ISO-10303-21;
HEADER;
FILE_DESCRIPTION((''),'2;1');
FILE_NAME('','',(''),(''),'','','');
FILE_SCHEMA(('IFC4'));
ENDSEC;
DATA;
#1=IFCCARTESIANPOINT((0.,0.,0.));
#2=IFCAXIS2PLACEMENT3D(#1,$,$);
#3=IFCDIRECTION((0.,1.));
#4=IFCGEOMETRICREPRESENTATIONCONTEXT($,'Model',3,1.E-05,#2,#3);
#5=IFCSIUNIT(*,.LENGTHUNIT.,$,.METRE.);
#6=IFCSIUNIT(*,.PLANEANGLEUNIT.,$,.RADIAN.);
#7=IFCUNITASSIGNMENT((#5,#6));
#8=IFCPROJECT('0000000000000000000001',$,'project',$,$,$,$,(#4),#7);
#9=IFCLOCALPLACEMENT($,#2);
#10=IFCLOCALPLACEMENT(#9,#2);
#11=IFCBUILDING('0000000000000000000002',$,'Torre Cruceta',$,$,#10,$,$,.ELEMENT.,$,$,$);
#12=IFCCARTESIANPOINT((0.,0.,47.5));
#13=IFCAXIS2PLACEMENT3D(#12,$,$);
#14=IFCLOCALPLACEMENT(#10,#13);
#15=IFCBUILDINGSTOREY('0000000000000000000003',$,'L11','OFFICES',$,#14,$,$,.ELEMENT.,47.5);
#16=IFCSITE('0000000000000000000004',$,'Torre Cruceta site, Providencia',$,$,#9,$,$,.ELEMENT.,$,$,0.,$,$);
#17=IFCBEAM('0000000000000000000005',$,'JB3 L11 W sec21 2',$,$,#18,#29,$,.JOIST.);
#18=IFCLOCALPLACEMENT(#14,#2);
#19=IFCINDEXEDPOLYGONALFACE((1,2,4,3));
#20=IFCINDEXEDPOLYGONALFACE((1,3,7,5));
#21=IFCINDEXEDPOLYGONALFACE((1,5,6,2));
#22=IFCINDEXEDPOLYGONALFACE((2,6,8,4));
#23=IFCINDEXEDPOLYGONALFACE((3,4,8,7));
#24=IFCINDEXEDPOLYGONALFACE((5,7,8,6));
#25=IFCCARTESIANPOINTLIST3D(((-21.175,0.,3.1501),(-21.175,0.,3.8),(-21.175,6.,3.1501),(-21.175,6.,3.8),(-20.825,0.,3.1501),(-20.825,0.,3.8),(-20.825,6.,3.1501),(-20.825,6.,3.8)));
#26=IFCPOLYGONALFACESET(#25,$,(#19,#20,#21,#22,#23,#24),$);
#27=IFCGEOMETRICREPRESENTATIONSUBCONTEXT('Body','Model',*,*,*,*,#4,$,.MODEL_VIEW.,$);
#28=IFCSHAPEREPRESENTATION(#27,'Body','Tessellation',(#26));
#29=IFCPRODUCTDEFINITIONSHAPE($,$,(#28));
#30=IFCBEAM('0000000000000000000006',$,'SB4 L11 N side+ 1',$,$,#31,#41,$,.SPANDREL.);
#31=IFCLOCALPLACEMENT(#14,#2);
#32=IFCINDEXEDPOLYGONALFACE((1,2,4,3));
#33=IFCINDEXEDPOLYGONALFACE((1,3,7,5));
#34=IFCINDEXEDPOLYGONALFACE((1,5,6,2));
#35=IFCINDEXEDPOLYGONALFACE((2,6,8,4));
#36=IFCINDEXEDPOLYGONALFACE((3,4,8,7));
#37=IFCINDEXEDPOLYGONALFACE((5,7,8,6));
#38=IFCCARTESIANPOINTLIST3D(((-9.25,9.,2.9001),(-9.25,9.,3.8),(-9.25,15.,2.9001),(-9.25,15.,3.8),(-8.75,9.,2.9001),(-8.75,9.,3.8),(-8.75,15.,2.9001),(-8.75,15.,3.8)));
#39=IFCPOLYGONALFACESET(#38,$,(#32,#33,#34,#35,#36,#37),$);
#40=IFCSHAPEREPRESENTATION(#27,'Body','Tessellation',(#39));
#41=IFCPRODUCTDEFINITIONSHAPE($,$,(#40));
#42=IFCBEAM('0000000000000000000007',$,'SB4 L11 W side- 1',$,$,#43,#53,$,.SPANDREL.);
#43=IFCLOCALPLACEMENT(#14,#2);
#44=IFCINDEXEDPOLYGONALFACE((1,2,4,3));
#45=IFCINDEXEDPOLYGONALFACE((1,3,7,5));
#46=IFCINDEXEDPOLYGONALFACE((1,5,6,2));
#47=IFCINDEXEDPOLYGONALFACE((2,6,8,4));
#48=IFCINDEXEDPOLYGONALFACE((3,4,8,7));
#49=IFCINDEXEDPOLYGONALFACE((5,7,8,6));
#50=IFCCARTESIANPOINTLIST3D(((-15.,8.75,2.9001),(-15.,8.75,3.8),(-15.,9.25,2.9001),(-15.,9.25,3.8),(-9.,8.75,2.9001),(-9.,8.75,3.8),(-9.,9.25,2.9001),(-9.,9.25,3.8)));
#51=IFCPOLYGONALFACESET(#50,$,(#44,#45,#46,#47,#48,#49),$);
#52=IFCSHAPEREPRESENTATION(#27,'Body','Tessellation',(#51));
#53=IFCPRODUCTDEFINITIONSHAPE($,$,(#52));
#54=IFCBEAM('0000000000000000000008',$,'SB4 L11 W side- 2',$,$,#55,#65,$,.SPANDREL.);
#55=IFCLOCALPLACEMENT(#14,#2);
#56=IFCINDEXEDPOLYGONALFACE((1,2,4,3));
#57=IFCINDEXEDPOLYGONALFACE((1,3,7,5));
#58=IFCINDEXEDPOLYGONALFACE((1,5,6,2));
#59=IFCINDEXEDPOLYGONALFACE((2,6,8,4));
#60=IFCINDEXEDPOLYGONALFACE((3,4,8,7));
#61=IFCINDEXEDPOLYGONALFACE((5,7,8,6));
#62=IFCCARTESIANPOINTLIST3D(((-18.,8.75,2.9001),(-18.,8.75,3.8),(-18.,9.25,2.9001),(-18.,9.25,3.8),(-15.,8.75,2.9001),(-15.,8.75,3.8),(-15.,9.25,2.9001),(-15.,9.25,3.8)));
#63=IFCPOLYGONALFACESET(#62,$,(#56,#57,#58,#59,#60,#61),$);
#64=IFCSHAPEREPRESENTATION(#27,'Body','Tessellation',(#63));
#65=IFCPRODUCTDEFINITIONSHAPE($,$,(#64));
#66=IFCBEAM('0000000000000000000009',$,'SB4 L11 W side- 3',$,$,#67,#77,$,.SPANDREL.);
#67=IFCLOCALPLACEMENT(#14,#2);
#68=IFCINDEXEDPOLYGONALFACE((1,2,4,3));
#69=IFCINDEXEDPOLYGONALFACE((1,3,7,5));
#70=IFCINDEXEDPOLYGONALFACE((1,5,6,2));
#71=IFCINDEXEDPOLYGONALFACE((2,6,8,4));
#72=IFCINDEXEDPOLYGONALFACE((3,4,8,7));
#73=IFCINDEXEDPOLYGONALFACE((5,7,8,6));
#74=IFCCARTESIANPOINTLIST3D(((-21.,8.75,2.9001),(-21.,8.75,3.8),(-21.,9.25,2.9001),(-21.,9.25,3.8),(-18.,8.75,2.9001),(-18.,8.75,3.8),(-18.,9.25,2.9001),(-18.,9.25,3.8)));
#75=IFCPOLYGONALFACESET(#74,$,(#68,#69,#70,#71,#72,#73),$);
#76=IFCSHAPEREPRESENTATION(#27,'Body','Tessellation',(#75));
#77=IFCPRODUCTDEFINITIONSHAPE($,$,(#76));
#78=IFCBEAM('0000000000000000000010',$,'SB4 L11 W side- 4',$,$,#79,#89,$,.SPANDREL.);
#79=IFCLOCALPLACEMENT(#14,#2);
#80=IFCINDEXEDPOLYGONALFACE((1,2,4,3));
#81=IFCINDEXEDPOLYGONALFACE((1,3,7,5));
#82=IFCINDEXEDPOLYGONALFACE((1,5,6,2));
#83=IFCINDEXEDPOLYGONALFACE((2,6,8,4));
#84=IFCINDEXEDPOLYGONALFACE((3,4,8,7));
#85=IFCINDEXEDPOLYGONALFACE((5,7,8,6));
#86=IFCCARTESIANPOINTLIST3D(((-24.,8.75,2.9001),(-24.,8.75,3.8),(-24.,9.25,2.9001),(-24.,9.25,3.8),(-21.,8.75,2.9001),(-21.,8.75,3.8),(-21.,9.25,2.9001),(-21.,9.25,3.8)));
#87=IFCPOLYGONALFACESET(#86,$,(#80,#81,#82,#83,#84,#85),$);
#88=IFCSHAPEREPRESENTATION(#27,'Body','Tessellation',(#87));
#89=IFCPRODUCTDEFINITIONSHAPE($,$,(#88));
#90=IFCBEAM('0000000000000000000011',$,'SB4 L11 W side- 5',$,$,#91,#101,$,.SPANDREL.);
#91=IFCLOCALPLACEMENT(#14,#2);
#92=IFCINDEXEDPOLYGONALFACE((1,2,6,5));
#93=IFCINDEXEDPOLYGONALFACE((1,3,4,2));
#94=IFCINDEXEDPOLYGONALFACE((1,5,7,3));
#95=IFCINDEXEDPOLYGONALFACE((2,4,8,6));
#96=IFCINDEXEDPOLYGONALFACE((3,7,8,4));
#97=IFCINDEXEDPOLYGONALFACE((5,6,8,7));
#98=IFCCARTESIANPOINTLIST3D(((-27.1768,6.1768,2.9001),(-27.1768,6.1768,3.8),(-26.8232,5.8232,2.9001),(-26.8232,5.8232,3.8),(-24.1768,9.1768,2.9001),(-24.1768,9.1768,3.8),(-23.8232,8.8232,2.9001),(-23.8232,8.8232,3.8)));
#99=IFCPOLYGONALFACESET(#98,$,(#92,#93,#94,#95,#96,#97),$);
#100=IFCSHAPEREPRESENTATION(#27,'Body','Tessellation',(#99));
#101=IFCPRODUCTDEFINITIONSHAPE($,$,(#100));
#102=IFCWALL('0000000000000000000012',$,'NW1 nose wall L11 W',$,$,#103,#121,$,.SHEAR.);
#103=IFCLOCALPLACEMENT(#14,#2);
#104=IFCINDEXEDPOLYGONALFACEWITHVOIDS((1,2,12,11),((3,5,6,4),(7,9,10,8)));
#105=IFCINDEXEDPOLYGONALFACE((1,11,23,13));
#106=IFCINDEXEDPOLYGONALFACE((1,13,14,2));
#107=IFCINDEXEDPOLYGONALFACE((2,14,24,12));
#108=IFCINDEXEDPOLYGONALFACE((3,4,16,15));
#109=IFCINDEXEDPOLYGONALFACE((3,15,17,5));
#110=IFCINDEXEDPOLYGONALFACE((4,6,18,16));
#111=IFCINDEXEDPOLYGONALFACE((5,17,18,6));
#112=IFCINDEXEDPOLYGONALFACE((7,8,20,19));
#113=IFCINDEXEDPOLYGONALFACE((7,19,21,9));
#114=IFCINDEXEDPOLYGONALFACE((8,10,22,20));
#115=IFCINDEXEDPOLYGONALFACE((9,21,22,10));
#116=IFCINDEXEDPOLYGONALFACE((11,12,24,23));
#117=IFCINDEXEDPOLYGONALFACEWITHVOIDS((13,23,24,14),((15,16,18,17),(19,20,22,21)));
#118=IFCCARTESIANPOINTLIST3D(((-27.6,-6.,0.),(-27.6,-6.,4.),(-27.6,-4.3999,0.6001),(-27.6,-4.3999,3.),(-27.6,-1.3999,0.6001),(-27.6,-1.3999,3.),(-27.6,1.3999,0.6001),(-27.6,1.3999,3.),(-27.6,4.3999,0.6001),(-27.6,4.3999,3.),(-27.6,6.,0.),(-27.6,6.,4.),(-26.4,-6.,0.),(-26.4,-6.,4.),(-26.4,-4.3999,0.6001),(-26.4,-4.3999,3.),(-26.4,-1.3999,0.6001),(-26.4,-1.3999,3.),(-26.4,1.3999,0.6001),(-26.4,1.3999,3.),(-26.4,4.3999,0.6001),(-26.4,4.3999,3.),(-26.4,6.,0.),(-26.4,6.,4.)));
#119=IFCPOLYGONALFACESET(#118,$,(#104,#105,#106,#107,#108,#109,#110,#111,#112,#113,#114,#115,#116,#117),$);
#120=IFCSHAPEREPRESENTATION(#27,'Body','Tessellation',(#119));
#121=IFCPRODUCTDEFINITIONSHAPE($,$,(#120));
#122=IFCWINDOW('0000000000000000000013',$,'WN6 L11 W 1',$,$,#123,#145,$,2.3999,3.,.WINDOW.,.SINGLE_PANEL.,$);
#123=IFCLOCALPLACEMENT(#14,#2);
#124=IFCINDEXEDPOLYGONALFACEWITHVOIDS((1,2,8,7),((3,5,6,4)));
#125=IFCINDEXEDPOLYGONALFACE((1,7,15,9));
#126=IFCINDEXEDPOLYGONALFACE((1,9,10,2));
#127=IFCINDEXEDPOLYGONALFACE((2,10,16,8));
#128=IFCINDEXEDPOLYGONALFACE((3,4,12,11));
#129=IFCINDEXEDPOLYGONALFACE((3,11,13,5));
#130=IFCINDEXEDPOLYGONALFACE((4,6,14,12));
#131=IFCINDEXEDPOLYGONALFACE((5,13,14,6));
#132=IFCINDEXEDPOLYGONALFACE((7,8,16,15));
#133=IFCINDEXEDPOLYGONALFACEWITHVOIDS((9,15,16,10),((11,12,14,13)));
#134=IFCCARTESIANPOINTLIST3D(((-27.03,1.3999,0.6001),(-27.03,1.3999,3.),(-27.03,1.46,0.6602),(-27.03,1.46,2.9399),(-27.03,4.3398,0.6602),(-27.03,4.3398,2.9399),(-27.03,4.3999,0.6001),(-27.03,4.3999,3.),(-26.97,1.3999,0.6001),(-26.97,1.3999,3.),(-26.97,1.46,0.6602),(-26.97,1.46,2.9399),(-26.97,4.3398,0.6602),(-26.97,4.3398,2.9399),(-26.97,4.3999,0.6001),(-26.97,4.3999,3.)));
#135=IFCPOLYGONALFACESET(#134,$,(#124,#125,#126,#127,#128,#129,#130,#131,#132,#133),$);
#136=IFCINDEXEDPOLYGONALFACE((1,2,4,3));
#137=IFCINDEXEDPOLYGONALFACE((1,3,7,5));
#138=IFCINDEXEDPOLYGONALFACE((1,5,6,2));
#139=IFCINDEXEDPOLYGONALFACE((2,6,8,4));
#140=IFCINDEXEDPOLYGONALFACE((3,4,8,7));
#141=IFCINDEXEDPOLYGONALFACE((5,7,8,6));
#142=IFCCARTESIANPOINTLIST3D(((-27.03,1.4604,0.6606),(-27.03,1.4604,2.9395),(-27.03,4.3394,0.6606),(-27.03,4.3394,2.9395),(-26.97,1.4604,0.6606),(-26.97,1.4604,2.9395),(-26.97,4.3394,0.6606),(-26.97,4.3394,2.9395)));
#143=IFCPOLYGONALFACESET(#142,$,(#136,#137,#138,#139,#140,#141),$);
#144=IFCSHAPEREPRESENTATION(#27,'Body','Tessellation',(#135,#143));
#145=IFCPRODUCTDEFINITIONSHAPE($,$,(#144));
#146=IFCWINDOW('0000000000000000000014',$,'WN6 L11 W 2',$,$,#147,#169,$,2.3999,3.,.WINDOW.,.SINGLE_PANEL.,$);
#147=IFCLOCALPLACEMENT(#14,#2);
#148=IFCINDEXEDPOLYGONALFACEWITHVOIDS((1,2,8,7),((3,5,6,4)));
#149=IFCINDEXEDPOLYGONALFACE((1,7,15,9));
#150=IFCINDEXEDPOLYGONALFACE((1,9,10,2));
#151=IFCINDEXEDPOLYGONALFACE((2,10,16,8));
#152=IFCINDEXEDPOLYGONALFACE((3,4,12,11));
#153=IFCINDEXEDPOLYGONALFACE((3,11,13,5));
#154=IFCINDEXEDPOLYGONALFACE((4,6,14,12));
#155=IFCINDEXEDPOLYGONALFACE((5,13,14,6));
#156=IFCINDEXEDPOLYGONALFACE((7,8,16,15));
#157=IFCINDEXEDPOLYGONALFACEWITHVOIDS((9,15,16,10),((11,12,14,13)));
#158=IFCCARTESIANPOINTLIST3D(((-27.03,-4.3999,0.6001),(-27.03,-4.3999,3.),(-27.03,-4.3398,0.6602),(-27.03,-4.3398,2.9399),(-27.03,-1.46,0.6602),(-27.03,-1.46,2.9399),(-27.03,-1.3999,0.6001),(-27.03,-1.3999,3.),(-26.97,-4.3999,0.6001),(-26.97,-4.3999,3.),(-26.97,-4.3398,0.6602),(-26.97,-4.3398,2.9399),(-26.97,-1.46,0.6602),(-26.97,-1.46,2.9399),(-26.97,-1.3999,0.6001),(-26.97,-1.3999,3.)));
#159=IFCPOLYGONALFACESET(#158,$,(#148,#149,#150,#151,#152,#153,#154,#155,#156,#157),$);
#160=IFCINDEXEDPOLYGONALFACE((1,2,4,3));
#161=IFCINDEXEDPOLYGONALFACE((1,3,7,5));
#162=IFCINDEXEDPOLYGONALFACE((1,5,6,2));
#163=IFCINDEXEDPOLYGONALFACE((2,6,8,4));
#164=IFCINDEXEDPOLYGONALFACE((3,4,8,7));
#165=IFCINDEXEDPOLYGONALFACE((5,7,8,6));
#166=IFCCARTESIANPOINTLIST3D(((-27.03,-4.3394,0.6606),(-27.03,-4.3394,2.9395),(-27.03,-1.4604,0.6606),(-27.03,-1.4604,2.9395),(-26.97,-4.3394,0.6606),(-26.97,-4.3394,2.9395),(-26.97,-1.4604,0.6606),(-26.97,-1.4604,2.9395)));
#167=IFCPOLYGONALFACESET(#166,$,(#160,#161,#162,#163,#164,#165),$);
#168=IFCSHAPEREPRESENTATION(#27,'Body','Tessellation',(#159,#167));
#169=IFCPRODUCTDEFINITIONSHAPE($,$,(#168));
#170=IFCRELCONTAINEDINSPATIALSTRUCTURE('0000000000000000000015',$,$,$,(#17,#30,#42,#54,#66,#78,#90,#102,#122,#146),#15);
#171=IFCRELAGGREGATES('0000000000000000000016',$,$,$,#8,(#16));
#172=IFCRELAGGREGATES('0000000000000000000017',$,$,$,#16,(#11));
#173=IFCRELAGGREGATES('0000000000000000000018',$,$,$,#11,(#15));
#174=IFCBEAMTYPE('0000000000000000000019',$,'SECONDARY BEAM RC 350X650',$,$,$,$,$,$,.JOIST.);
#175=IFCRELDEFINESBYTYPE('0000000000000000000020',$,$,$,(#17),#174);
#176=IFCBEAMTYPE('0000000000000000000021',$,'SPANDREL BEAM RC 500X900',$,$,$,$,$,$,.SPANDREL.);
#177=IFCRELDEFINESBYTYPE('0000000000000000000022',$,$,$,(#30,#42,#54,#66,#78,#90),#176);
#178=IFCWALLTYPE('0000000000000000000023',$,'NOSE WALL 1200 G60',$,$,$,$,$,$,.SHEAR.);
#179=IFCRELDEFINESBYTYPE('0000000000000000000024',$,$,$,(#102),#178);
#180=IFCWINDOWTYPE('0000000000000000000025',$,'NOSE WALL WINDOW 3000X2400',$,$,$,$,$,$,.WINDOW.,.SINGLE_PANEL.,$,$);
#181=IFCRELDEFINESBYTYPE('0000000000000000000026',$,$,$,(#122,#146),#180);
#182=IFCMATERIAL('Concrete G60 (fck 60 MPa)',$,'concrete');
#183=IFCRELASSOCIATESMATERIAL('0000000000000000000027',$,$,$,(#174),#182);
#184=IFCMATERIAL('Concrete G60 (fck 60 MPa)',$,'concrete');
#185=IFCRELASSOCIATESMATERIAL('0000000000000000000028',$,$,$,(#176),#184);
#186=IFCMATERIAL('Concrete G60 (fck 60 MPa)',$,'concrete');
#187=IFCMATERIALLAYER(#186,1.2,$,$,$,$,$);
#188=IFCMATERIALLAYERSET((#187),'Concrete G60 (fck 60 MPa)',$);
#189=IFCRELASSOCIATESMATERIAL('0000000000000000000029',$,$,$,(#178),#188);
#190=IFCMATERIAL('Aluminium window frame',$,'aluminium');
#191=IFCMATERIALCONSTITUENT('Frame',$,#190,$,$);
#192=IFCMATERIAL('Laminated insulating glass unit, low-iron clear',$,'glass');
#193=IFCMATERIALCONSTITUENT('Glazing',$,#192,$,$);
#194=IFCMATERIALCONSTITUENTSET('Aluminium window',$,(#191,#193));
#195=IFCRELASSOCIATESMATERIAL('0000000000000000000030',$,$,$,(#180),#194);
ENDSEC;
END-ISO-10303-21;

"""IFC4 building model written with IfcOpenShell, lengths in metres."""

from ifc_helpers import new_model, si_unit, direction, frame, frame_2d, origin, origin_2d, place, context, subcontext, project, spatial, rectangle, hollow_rectangle, extrude, material, layer, layer_set, constituent, constituent_set, material_profile, profile_set, type_object, element, fill, save


model = new_model("IFC4")

# Units and contexts
model_context = context("Model", 3, precision=1e-05, world=origin(), true_north=direction((0.0, 1.0)))
body_context = subcontext(model_context, "Body", "Model", "MODEL_VIEW")
ifc_project = project(units=[si_unit("LENGTHUNIT", "METRE"), si_unit("PLANEANGLEUNIT", "RADIAN")], contexts=[model_context])

# Site, building, storey
site_placement = place(None, origin())
site = spatial("IfcSite", under=ifc_project, at=site_placement, Name="Torre Cruceta site, Providencia", CompositionType="ELEMENT", RefElevation=0.0)
building_placement = place(site_placement, origin())
building = spatial("IfcBuilding", under=site, at=building_placement, Name="Torre Cruceta", CompositionType="ELEMENT")
storey_placement = place(building_placement, frame((0.0, 0.0, 47.5)))
storey = spatial("IfcBuildingStorey", under=building, at=storey_placement, Name="L11", Description="OFFICES", CompositionType="ELEMENT", Elevation=47.5)

# Beams
ifc_material_1 = material(Name="Concrete G60 (fck 60 MPa)", Category="concrete")
ifc_material_profile_1 = material_profile(ifc_material_1, rectangle(XDim=0.3501, YDim=0.6499, at=origin_2d()), Name="RC 350X650")
ifc_profile_set_1 = profile_set([ifc_material_profile_1], Name="Concrete G60 (fck 60 MPa)")
beam_type_1 = type_object("IfcBeamType", Name="SECONDARY BEAM RC 350X650", PredefinedType="JOIST", material=ifc_profile_set_1)
beam_1_placement = place(storey_placement, frame((-21.0, 6.0, 3.4751), z_axis=(0.0, -1.0, 0.0), x_axis=(1.0, 0.0, 0.0)))
element("IfcBeam", 1, at=beam_1_placement, inside=storey, type_object=beam_type_1, Name="JB3 L11 W sec21 2", PredefinedType="JOIST", context=body_context, shape_type="SweptSolid", body=[
    extrude(rectangle(XDim=0.3501, YDim=0.6499, at=origin_2d()), origin(), (0.0, 0.0, 1.0), 6.0),
])
ifc_material_2 = material(Name="Concrete G60 (fck 60 MPa)", Category="concrete")
ifc_material_profile_2 = material_profile(ifc_material_2, rectangle(XDim=0.5, YDim=0.8999, at=origin_2d()), Name="RC 500X900")
ifc_profile_set_2 = profile_set([ifc_material_profile_2], Name="Concrete G60 (fck 60 MPa)")
beam_type_2 = type_object("IfcBeamType", Name="SPANDREL BEAM RC 500X900", PredefinedType="SPANDREL", material=ifc_profile_set_2)
for number, where, z_axis, x_axis, name in (
    (2, (-9.0, 9.0, 3.3501), (0.0, 1.0, 0.0), (-1.0, 0.0, 0.0), "SB4 L11 N side+ 1"),
    (3, (-9.0, 9.0, 3.3501), (-1.0, 0.0, 0.0), (0.0, -1.0, 0.0), "SB4 L11 W side- 1"),
):
    element("IfcBeam", number, at=place(storey_placement, frame(where, z_axis=z_axis, x_axis=x_axis)), inside=storey, type_object=beam_type_2, Name=name, PredefinedType="SPANDREL", context=body_context, shape_type="SweptSolid", body=[
        extrude(rectangle(XDim=0.5, YDim=0.8999, at=origin_2d()), origin(), (0.0, 0.0, 1.0), 6.0),
    ])
for number, where, z_axis, x_axis, name in (
    (4, (-15.0, 9.0, 3.3501), (-1.0, 0.0, 0.0), (0.0, -1.0, 0.0), "SB4 L11 W side- 2"),
    (5, (-18.0, 9.0, 3.3501), (-1.0, 0.0, 0.0), (0.0, -1.0, 0.0), "SB4 L11 W side- 3"),
    (6, (-21.0, 9.0, 3.3501), (-1.0, 0.0, 0.0), (0.0, -1.0, 0.0), "SB4 L11 W side- 4"),
):
    element("IfcBeam", number, at=place(storey_placement, frame(where, z_axis=z_axis, x_axis=x_axis)), inside=storey, type_object=beam_type_2, Name=name, PredefinedType="SPANDREL", context=body_context, shape_type="SweptSolid", body=[
        extrude(rectangle(XDim=0.5, YDim=0.8999, at=origin_2d()), origin(), (0.0, 0.0, 1.0), 3.0),
    ])
beam_2_placement = place(storey_placement, frame((-24.0, 9.0, 3.3501), z_axis=(-0.707107, -0.707107, 0.0), x_axis=(0.707107, -0.707107, 0.0)))
element("IfcBeam", 7, at=beam_2_placement, inside=storey, type_object=beam_type_2, Name="SB4 L11 W side- 5", PredefinedType="SPANDREL", context=body_context, shape_type="SweptSolid", body=[
    extrude(rectangle(XDim=0.5, YDim=0.8999, at=origin_2d()), origin(), (0.0, 0.0, 1.0), 4.2427),
])

# Wall, openings, windows
ifc_material_3 = material(Name="Concrete G60 (fck 60 MPa)", Category="concrete")
ifc_layer_1 = layer(ifc_material_3, 1.2)
ifc_layer_set_1 = layer_set([ifc_layer_1], Name="Concrete G60 (fck 60 MPa)")
wall_type_1 = type_object("IfcWallType", Name="NOSE WALL 1200 G60", PredefinedType="SHEAR", material=ifc_layer_set_1)
wall_1_placement = place(storey_placement, frame((-27.0, 6.0, 0.0), z_axis=(0.0, 0.0, 1.0), x_axis=(0.0, -1.0, 0.0)))
wall_1 = element("IfcWall", 8, at=wall_1_placement, inside=storey, type_object=wall_type_1, Name="NW1 nose wall L11 W", PredefinedType="SHEAR", context=body_context, shape_type="SweptSolid", body=[
    extrude(rectangle(XDim=12.0, YDim=1.2, at=frame_2d((6.0, 0.0))), origin(), (0.0, 0.0, 1.0), 4.0),
])
opening_1_placement = place(wall_1_placement, frame((1.6001, 0.0, 0.6001)))
opening_1 = element("IfcOpeningElement", 9, at=opening_1_placement, cuts=wall_1, PredefinedType="OPENING", context=body_context, shape_type="SweptSolid", body=[
    extrude(rectangle(XDim=3.0, YDim=2.3999, at=frame_2d((1.5, 1.2))), frame((0.0, 0.6099, 0.0), z_axis=(0.0, -1.0, 0.0), x_axis=(1.0, 0.0, 0.0)), (0.0, 0.0, 1.0), 1.22),
])
opening_2_placement = place(wall_1_placement, frame((7.3999, 0.0, 0.6001)))
opening_2 = element("IfcOpeningElement", 10, at=opening_2_placement, cuts=wall_1, PredefinedType="OPENING", context=body_context, shape_type="SweptSolid", body=[
    extrude(rectangle(XDim=3.0, YDim=2.3999, at=frame_2d((1.5, 1.2))), frame((0.0, 0.6099, 0.0), z_axis=(0.0, -1.0, 0.0), x_axis=(1.0, 0.0, 0.0)), (0.0, 0.0, 1.0), 1.22),
])
ifc_material_4 = material(Name="Aluminium window frame", Category="aluminium")
ifc_constituent_1 = constituent(ifc_material_4, Name="Frame")
ifc_material_5 = material(Name="Laminated insulating glass unit, low-iron clear", Category="glass")
ifc_constituent_2 = constituent(ifc_material_5, Name="Glazing")
ifc_constituent_set_1 = constituent_set(constituents=[ifc_constituent_1, ifc_constituent_2], Name="Aluminium window")
window_type = type_object("IfcWindowType", Name="NOSE WALL WINDOW 3000X2400", PartitioningType="SINGLE_PANEL", PredefinedType="WINDOW", material=ifc_constituent_set_1)
window_1_placement = place(opening_1_placement, origin())
window_1 = element("IfcWindow", 11, at=window_1_placement, inside=storey, type_object=window_type, Name="WN6 L11 W 1", OverallHeight=2.3999, OverallWidth=3.0, PartitioningType="SINGLE_PANEL", PredefinedType="WINDOW", context=body_context, shape_type="SweptSolid", body=[
    extrude(hollow_rectangle(XDim=3.0, YDim=2.3999, WallThickness=0.0601, at=frame_2d((1.5, 1.2))), frame((0.0, 0.03, 0.0), z_axis=(0.0, -1.0, 0.0), x_axis=(1.0, 0.0, 0.0)), (0.0, 0.0, 1.0), 0.0601),
    extrude(rectangle(XDim=2.8789, YDim=2.2788, at=frame_2d((1.5, 1.2))), frame((0.0, 0.03, 0.0), z_axis=(0.0, -1.0, 0.0), x_axis=(1.0, 0.0, 0.0)), (0.0, 0.0, 1.0), 0.0601),
])
fill(opening_1, window_1)
window_2_placement = place(opening_2_placement, origin())
window_2 = element("IfcWindow", 12, at=window_2_placement, inside=storey, type_object=window_type, Name="WN6 L11 W 2", OverallHeight=2.3999, OverallWidth=3.0, PartitioningType="SINGLE_PANEL", PredefinedType="WINDOW", context=body_context, shape_type="SweptSolid", body=[
    extrude(hollow_rectangle(XDim=3.0, YDim=2.3999, WallThickness=0.0601, at=frame_2d((1.5, 1.2))), frame((0.0, 0.03, 0.0), z_axis=(0.0, -1.0, 0.0), x_axis=(1.0, 0.0, 0.0)), (0.0, 0.0, 1.0), 0.0601),
    extrude(rectangle(XDim=2.8789, YDim=2.2788, at=frame_2d((1.5, 1.2))), frame((0.0, 0.03, 0.0), z_axis=(0.0, -1.0, 0.0), x_axis=(1.0, 0.0, 0.0)), (0.0, 0.0, 1.0), 0.0601),
])
fill(opening_2, window_2)

save(model, "model.ifc")
